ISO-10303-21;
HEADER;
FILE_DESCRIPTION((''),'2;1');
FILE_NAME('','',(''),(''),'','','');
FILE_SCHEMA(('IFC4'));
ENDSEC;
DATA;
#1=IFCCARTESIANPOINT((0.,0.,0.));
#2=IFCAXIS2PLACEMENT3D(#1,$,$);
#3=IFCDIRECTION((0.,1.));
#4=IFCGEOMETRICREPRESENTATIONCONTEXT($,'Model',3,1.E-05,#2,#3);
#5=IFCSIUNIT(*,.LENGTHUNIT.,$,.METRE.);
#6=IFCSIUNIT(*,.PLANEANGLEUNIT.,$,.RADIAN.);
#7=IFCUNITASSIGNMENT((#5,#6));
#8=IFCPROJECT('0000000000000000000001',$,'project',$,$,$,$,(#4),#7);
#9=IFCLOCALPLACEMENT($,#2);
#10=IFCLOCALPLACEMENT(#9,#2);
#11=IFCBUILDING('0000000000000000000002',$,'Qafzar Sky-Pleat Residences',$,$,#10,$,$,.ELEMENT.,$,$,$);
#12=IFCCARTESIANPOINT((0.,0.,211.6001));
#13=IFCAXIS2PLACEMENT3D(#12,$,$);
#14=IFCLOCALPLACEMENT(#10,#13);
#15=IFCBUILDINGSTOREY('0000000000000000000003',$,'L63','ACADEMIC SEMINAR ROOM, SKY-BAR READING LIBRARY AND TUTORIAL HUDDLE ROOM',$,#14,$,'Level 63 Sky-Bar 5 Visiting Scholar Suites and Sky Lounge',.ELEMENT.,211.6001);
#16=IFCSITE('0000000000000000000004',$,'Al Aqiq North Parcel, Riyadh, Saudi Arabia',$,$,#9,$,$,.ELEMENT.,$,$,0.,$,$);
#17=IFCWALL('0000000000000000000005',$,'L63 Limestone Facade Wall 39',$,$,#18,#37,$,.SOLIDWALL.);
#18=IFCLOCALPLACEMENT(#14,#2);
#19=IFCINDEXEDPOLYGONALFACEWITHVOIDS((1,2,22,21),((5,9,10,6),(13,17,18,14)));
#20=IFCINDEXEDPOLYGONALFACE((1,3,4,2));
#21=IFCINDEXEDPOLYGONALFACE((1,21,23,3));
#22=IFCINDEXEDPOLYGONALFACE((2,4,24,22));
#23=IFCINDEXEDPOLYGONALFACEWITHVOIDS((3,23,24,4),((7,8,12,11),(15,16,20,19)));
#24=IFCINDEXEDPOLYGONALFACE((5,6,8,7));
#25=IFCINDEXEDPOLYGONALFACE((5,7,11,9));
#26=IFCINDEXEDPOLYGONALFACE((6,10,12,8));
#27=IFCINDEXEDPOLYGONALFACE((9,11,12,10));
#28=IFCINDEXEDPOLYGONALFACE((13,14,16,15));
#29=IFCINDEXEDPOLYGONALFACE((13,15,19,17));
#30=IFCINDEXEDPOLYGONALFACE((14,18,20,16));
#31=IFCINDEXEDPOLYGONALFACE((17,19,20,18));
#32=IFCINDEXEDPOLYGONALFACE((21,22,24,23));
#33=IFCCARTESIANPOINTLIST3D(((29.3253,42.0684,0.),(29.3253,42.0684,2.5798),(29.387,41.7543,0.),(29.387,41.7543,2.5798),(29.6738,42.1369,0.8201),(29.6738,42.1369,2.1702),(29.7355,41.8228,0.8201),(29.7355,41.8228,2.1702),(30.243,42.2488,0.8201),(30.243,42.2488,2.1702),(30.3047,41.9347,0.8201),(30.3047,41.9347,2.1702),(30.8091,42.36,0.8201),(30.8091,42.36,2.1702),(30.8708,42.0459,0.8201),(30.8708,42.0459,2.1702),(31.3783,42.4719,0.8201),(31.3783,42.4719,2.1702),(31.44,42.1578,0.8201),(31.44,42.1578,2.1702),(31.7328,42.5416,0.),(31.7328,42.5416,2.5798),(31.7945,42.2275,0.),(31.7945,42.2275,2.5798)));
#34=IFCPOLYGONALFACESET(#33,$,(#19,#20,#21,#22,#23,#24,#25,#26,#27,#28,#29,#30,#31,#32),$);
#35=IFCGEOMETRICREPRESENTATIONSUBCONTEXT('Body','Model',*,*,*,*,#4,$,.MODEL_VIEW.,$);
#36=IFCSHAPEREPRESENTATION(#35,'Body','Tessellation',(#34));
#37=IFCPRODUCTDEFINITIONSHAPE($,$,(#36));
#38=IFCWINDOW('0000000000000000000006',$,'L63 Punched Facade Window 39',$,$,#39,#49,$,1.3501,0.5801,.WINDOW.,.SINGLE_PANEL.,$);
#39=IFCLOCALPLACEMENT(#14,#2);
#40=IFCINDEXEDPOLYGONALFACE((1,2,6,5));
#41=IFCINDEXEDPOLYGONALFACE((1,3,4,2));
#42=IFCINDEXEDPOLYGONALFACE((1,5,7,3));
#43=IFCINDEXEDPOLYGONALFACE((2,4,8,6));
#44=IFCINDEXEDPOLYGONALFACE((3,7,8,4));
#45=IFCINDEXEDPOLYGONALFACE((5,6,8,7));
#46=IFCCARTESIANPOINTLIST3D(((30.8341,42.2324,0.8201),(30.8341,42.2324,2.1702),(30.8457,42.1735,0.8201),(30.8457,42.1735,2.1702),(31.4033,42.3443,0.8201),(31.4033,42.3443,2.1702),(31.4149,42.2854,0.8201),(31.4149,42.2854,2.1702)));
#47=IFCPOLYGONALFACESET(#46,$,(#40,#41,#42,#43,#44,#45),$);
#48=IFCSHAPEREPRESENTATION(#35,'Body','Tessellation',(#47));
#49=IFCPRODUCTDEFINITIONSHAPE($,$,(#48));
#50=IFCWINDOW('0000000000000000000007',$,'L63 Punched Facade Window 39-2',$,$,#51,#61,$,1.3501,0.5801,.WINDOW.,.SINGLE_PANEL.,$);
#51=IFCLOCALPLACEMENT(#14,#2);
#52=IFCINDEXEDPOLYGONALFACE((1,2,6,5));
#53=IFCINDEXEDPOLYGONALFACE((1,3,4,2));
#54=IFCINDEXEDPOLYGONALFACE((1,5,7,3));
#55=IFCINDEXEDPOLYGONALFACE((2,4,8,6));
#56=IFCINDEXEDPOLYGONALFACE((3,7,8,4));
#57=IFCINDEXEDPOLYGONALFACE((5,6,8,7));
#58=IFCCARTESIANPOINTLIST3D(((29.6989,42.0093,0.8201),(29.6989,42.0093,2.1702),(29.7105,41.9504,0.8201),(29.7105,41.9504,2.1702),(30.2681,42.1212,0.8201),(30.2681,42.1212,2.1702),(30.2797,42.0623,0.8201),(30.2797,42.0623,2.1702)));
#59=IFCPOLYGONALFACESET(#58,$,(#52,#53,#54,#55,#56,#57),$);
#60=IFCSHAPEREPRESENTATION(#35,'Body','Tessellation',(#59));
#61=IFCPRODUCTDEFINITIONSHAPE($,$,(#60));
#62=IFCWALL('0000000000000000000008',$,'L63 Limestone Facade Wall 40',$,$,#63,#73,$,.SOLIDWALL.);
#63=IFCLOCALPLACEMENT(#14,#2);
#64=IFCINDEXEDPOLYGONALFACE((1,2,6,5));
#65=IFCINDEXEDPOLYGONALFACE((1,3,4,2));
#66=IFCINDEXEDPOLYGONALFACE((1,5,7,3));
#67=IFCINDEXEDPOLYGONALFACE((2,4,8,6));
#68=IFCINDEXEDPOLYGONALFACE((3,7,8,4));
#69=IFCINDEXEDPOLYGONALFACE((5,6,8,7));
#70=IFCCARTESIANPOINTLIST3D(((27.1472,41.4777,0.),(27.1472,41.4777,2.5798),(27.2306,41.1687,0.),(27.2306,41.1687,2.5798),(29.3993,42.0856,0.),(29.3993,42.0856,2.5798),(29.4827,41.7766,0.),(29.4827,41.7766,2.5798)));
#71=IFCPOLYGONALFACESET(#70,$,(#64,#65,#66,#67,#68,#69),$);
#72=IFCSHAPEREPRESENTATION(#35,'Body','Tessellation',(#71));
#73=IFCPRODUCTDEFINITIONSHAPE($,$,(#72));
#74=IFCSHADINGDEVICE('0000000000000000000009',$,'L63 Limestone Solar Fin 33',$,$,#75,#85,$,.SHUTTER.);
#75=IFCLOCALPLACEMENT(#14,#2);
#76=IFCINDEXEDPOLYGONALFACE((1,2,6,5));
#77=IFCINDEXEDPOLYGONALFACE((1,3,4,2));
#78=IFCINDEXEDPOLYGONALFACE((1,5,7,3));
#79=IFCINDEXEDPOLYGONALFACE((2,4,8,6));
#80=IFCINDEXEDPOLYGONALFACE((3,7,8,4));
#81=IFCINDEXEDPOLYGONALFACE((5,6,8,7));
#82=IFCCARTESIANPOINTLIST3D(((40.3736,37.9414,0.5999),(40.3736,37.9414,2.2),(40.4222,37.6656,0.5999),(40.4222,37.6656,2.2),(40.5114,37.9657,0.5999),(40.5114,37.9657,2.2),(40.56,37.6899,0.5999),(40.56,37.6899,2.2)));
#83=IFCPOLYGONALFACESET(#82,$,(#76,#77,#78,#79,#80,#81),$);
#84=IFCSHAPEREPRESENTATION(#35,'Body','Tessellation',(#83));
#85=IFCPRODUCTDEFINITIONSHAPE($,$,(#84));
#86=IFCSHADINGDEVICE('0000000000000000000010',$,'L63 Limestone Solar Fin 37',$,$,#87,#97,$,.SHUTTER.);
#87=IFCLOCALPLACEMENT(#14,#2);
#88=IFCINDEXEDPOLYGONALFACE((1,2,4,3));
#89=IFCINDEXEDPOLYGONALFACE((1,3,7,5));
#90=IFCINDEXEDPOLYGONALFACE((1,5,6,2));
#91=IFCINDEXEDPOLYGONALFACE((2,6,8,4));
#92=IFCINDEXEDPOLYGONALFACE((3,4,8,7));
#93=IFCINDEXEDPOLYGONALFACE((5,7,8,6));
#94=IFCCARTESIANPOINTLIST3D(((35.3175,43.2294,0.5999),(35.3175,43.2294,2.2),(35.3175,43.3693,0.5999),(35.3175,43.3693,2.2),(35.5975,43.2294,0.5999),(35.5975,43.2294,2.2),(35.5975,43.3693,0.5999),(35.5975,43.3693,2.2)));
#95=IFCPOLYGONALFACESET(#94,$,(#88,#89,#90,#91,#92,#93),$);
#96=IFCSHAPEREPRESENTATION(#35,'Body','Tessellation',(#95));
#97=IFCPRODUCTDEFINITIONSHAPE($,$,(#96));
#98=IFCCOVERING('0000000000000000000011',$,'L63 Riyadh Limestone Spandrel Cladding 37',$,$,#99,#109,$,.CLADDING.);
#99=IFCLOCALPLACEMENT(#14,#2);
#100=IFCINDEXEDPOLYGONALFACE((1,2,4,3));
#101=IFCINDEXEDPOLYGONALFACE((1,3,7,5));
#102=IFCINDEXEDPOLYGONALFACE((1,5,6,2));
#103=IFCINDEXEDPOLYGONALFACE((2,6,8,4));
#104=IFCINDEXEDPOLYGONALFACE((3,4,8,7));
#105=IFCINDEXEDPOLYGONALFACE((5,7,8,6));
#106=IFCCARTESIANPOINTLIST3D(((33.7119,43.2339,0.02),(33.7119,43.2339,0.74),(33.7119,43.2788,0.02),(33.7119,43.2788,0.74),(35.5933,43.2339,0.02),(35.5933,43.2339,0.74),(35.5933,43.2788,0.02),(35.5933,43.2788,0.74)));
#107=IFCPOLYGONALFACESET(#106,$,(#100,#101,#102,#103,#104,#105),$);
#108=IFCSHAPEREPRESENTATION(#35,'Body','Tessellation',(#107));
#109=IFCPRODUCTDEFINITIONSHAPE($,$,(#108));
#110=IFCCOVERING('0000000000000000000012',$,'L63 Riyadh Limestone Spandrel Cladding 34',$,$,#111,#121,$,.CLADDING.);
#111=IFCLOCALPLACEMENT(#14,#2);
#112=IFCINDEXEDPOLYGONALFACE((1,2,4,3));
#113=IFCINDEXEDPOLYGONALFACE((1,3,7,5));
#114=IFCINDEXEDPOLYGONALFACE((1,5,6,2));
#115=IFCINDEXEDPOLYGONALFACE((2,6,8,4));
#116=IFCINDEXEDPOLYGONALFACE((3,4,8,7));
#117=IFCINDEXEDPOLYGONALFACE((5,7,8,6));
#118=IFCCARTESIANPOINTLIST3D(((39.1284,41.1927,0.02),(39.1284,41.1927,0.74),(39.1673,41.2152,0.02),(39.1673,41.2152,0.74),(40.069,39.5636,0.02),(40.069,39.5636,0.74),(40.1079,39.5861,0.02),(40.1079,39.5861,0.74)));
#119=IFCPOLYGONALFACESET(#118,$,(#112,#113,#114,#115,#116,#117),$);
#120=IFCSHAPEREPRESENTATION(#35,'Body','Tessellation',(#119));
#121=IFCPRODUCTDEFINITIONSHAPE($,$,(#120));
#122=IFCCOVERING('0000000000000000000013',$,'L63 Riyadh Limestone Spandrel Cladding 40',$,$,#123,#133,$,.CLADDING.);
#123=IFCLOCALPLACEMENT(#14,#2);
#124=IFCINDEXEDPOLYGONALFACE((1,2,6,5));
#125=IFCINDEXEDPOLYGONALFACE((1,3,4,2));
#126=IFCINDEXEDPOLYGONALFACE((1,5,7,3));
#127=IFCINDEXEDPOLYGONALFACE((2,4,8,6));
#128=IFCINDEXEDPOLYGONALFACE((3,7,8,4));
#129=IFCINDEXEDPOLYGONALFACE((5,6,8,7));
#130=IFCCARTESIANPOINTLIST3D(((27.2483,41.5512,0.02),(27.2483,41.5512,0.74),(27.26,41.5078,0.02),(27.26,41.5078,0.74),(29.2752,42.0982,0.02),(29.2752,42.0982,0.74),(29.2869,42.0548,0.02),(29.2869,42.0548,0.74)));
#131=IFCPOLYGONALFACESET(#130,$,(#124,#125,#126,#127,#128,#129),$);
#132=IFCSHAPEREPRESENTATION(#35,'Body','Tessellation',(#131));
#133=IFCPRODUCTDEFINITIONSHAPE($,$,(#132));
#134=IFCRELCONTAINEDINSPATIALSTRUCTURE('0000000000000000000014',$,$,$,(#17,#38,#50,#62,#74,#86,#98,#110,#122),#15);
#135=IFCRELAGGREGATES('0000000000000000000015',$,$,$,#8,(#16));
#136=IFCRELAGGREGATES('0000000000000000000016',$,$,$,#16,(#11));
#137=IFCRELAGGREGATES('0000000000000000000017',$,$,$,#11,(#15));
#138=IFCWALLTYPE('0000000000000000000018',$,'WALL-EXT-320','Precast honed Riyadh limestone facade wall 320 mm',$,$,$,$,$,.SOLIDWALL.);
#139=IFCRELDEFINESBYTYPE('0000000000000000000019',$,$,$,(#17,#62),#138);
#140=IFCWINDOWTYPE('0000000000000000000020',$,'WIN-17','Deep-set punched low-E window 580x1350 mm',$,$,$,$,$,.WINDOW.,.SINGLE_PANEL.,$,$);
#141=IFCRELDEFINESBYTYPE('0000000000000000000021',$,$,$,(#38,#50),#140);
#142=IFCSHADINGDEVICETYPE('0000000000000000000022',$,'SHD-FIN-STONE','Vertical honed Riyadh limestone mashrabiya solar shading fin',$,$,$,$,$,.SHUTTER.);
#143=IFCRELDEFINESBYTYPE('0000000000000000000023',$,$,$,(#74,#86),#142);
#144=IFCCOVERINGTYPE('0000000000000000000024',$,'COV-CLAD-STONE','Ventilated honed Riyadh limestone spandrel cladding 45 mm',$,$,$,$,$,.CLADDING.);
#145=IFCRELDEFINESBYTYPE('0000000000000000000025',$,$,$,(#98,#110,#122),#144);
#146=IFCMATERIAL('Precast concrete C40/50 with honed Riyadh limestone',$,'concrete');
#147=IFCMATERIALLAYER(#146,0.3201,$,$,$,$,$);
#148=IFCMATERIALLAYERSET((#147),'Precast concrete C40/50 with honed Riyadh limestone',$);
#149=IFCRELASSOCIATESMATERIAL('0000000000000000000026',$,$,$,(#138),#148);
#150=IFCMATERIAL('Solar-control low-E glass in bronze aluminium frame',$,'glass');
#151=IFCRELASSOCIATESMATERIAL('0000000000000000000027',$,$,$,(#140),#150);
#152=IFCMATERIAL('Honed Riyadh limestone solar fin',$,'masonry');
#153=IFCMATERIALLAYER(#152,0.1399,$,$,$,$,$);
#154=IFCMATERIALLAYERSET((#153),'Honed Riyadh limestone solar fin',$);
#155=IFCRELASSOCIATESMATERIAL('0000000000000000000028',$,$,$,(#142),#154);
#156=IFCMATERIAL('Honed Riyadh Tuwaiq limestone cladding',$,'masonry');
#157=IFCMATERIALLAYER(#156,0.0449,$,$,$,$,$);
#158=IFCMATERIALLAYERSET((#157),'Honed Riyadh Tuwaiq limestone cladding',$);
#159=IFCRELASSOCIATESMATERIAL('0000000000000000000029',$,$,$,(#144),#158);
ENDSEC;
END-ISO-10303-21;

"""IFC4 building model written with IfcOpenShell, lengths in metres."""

from ifc_helpers import new_model, si_unit, direction, frame, frame_2d, origin, origin_2d, place, context, subcontext, project, spatial, rectangle, extrude, source, transform, mapped, material, layer, layer_set, type_object, element, fill, save


model = new_model("IFC4")

# Units and contexts
model_context = context("Model", 3, precision=1e-05, world=origin(), true_north=direction((0.0, 1.0)))
body_context = subcontext(model_context, "Body", "Model", "MODEL_VIEW")
ifc_project = project(units=[si_unit("LENGTHUNIT", "METRE"), si_unit("PLANEANGLEUNIT", "RADIAN")], contexts=[model_context])

# Site, building, storey
site_placement = place(None, origin())
site = spatial("IfcSite", under=ifc_project, at=site_placement, Name="Al Aqiq North Parcel, Riyadh, Saudi Arabia", CompositionType="ELEMENT", RefElevation=0.0)
building_placement = place(site_placement, origin())
building = spatial("IfcBuilding", under=site, at=building_placement, Name="Qafzar Sky-Pleat Residences", CompositionType="ELEMENT")
storey_placement = place(building_placement, frame((0.0, 0.0, 211.6001)))
storey = spatial("IfcBuildingStorey", under=building, at=storey_placement, Name="L63", Description="ACADEMIC SEMINAR ROOM, SKY-BAR READING LIBRARY AND TUTORIAL HUDDLE ROOM", LongName="Level 63 Sky-Bar 5 Visiting Scholar Suites and Sky Lounge", CompositionType="ELEMENT", Elevation=211.6001)

# Shared definitions
ifc_material_1 = material(Name="Precast concrete C40/50 with honed Riyadh limestone", Category="concrete")

# Shared definitions
ifc_layer_1 = layer(ifc_material_1, 0.3201)
ifc_layer_set_1 = layer_set([ifc_layer_1], Name="Precast concrete C40/50 with honed Riyadh limestone")
wall_type_1 = type_object("IfcWallType", Name="WALL-EXT-320", Description="Precast honed Riyadh limestone facade wall 320 mm", PredefinedType="SOLIDWALL", material=ifc_layer_set_1)
ifc_material_2 = material(Name="Solar-control low-E glass in bronze aluminium frame", Category="glass")

# Wall, openings, windows
wall_1_placement = place(storey_placement, frame((31.7637, 42.3845, 0.0), z_axis=(0.0, 0.0, 1.0), x_axis=(-0.98123, -0.192843, 0.0)))
wall_1 = element("IfcWall", 1, at=wall_1_placement, inside=storey, type_object=wall_type_1, Name="L63 Limestone Facade Wall 39", PredefinedType="SOLIDWALL", context=body_context, shape_type="SweptSolid", body=[
    extrude(rectangle(XDim=2.4536, YDim=0.3201, at=frame_2d((1.2268, 0.0))), origin(), (0.0, 0.0, 1.0), 2.5798),
])
opening_1_placement = place(wall_1_placement, frame((0.3613, 0.0, 0.8201)))
opening_1 = element("IfcOpeningElement", 2, at=opening_1_placement, cuts=wall_1, PredefinedType="OPENING", context=body_context, shape_type="SweptSolid", body=[
    extrude(rectangle(XDim=0.5801, YDim=1.3501, at=frame_2d((0.29, 0.675))), frame((0.0, 0.1699, 0.0), z_axis=(0.0, -1.0, 0.0), x_axis=(1.0, 0.0, 0.0)), (0.0, 0.0, 1.0), 0.3401),
])
opening_2_placement = place(wall_1_placement, frame((1.5183, 0.0, 0.8201)))
opening_2 = element("IfcOpeningElement", 3, at=opening_2_placement, cuts=wall_1, PredefinedType="OPENING", context=body_context, shape_type="SweptSolid", body=[
    extrude(rectangle(XDim=0.5801, YDim=1.3501, at=frame_2d((0.29, 0.675))), frame((0.0, 0.1699, 0.0), z_axis=(0.0, -1.0, 0.0), x_axis=(1.0, 0.0, 0.0)), (0.0, 0.0, 1.0), 0.3401),
])
window_type_1 = type_object("IfcWindowType", Name="WIN-17", Description="Deep-set punched low-E window 580x1350 mm", PartitioningType="SINGLE_PANEL", PredefinedType="WINDOW", material=ifc_material_2)
shared_shape_1 = source(origin(), body_context, "Body", "SweptSolid", [
    extrude(rectangle(XDim=0.5801, YDim=1.3501, at=frame_2d((0.29, 0.675))), frame((0.0, 0.03, 0.0), z_axis=(0.0, -1.0, 0.0), x_axis=(1.0, 0.0, 0.0)), (0.0, 0.0, 1.0), 0.0601),
])
window_1_placement = place(opening_1_placement, origin())
window_1 = element("IfcWindow", 4, at=window_1_placement, inside=storey, type_object=window_type_1, Name="L63 Punched Facade Window 39", OverallHeight=1.3501, OverallWidth=0.5801, PartitioningType="SINGLE_PANEL", PredefinedType="WINDOW", context=body_context, shape_type="MappedRepresentation", body=[
    mapped(shared_shape_1, transform((0.0, 0.0, 0.0), x_axis=(1.0, 0.0, 0.0), y_axis=(0.0, 1.0, 0.0), z_axis=(0.0, 0.0, 1.0), scale=1.0)),
])
fill(opening_1, window_1)
window_2_placement = place(opening_2_placement, origin())
window_2 = element("IfcWindow", 5, at=window_2_placement, inside=storey, type_object=window_type_1, Name="L63 Punched Facade Window 39-2", OverallHeight=1.3501, OverallWidth=0.5801, PartitioningType="SINGLE_PANEL", PredefinedType="WINDOW", context=body_context, shape_type="MappedRepresentation", body=[
    mapped(shared_shape_1, transform((0.0, 0.0, 0.0), x_axis=(1.0, 0.0, 0.0), y_axis=(0.0, 1.0, 0.0), z_axis=(0.0, 0.0, 1.0), scale=1.0)),
])
fill(opening_2, window_2)

# Wall
wall_2_placement = place(storey_placement, frame((29.4412, 41.9312, 0.0), z_axis=(0.0, 0.0, 1.0), x_axis=(-0.965449, -0.260593, 0.0)))
element("IfcWall", 6, at=wall_2_placement, inside=storey, type_object=wall_type_1, Name="L63 Limestone Facade Wall 40", PredefinedType="SOLIDWALL", context=body_context, shape_type="SweptSolid", body=[
    extrude(rectangle(XDim=2.3328, YDim=0.3201, at=frame_2d((1.1665, 0.0))), origin(), (0.0, 0.0, 1.0), 2.5798),
])

# Shading devices
ifc_material_3 = material(Name="Honed Riyadh limestone solar fin", Category="masonry")
ifc_layer_2 = layer(ifc_material_3, 0.1399)
ifc_layer_set_2 = layer_set([ifc_layer_2], Name="Honed Riyadh limestone solar fin")
shading_device_type = type_object("IfcShadingDeviceType", Name="SHD-FIN-STONE", Description="Vertical honed Riyadh limestone mashrabiya solar shading fin", PredefinedType="SHUTTER", material=ifc_layer_set_2)
shared_shape_2 = source(origin(), body_context, "Body", "SweptSolid", [
    extrude(rectangle(XDim=0.1399, YDim=0.28, at=origin_2d()), origin(), (0.0, 0.0, 1.0), 1.6001),
])
for number, where, z_axis, x_axis, name in (
    (7, (40.4668, 37.8157, 0.5999), (0.0, 0.0, 1.0), (0.984806, 0.173658, 0.0), "L63 Limestone Solar Fin 33"),
    (8, (35.4575, 43.2993, 0.5999), (0.0, 0.0, 1.0), (0.0, 1.0, 0.0), "L63 Limestone Solar Fin 37"),
):
    element("IfcShadingDevice", number, at=place(storey_placement, frame(where, z_axis=z_axis, x_axis=x_axis)), inside=storey, type_object=shading_device_type, Name=name, PredefinedType="SHUTTER", context=body_context, shape_type="MappedRepresentation", body=[
        mapped(shared_shape_2, transform((0.0, 0.0, 0.0), x_axis=(1.0, 0.0, 0.0), y_axis=(0.0, 1.0, 0.0), z_axis=(0.0, 0.0, 1.0), scale=1.0)),
    ])

# Coverings
ifc_material_4 = material(Name="Honed Riyadh Tuwaiq limestone cladding", Category="masonry")
ifc_layer_3 = layer(ifc_material_4, 0.0449)
ifc_layer_set_3 = layer_set([ifc_layer_3], Name="Honed Riyadh Tuwaiq limestone cladding")
covering_type = type_object("IfcCoveringType", Name="COV-CLAD-STONE", Description="Ventilated honed Riyadh limestone spandrel cladding 45 mm", PredefinedType="CLADDING", material=ifc_layer_set_3)
shared_shape_3 = source(origin(), body_context, "Body", "SweptSolid", [
    extrude(rectangle(XDim=1.8813, YDim=0.0449, at=origin_2d()), origin(), (0.0, 0.0, 1.0), 0.72),
])
covering_1_placement = place(storey_placement, frame((34.6526, 43.2563, 0.02), z_axis=(0.0, 0.0, 1.0), x_axis=(-1.0, 0.0, 0.0)))
element("IfcCovering", 9, at=covering_1_placement, inside=storey, type_object=covering_type, Name="L63 Riyadh Limestone Spandrel Cladding 37", PredefinedType="CLADDING", context=body_context, shape_type="MappedRepresentation", body=[
    mapped(shared_shape_3, transform((0.0, 0.0, 0.0), x_axis=(1.0, 0.0, 0.0), y_axis=(0.0, 1.0, 0.0), z_axis=(0.0, 0.0, 1.0), scale=1.0)),
])
shared_shape_4 = source(origin(), body_context, "Body", "SweptSolid", [
    extrude(rectangle(XDim=1.8811, YDim=0.0449, at=origin_2d()), origin(), (0.0, 0.0, 1.0), 0.72),
])
covering_2_placement = place(storey_placement, frame((39.6182, 40.3894, 0.02), z_axis=(0.0, 0.0, 1.0), x_axis=(-0.499993, 0.866029, 0.0)))
element("IfcCovering", 10, at=covering_2_placement, inside=storey, type_object=covering_type, Name="L63 Riyadh Limestone Spandrel Cladding 34", PredefinedType="CLADDING", context=body_context, shape_type="MappedRepresentation", body=[
    mapped(shared_shape_4, transform((0.0, 0.0, 0.0), x_axis=(1.0, 0.0, 0.0), y_axis=(0.0, 1.0, 0.0), z_axis=(0.0, 0.0, 1.0), scale=1.0)),
])
shared_shape_5 = source(origin(), body_context, "Body", "SweptSolid", [
    extrude(rectangle(XDim=2.0994, YDim=0.0449, at=origin_2d()), origin(), (0.0, 0.0, 1.0), 0.72),
])
covering_3_placement = place(storey_placement, frame((28.2676, 41.803, 0.02), z_axis=(0.0, 0.0, 1.0), x_axis=(-0.965458, -0.260559, 0.0)))
element("IfcCovering", 11, at=covering_3_placement, inside=storey, type_object=covering_type, Name="L63 Riyadh Limestone Spandrel Cladding 40", PredefinedType="CLADDING", context=body_context, shape_type="MappedRepresentation", body=[
    mapped(shared_shape_5, transform((0.0, 0.0, 0.0), x_axis=(1.0, 0.0, 0.0), y_axis=(0.0, 1.0, 0.0), z_axis=(0.0, 0.0, 1.0), scale=1.0)),
])

save(model, "model.ifc")
